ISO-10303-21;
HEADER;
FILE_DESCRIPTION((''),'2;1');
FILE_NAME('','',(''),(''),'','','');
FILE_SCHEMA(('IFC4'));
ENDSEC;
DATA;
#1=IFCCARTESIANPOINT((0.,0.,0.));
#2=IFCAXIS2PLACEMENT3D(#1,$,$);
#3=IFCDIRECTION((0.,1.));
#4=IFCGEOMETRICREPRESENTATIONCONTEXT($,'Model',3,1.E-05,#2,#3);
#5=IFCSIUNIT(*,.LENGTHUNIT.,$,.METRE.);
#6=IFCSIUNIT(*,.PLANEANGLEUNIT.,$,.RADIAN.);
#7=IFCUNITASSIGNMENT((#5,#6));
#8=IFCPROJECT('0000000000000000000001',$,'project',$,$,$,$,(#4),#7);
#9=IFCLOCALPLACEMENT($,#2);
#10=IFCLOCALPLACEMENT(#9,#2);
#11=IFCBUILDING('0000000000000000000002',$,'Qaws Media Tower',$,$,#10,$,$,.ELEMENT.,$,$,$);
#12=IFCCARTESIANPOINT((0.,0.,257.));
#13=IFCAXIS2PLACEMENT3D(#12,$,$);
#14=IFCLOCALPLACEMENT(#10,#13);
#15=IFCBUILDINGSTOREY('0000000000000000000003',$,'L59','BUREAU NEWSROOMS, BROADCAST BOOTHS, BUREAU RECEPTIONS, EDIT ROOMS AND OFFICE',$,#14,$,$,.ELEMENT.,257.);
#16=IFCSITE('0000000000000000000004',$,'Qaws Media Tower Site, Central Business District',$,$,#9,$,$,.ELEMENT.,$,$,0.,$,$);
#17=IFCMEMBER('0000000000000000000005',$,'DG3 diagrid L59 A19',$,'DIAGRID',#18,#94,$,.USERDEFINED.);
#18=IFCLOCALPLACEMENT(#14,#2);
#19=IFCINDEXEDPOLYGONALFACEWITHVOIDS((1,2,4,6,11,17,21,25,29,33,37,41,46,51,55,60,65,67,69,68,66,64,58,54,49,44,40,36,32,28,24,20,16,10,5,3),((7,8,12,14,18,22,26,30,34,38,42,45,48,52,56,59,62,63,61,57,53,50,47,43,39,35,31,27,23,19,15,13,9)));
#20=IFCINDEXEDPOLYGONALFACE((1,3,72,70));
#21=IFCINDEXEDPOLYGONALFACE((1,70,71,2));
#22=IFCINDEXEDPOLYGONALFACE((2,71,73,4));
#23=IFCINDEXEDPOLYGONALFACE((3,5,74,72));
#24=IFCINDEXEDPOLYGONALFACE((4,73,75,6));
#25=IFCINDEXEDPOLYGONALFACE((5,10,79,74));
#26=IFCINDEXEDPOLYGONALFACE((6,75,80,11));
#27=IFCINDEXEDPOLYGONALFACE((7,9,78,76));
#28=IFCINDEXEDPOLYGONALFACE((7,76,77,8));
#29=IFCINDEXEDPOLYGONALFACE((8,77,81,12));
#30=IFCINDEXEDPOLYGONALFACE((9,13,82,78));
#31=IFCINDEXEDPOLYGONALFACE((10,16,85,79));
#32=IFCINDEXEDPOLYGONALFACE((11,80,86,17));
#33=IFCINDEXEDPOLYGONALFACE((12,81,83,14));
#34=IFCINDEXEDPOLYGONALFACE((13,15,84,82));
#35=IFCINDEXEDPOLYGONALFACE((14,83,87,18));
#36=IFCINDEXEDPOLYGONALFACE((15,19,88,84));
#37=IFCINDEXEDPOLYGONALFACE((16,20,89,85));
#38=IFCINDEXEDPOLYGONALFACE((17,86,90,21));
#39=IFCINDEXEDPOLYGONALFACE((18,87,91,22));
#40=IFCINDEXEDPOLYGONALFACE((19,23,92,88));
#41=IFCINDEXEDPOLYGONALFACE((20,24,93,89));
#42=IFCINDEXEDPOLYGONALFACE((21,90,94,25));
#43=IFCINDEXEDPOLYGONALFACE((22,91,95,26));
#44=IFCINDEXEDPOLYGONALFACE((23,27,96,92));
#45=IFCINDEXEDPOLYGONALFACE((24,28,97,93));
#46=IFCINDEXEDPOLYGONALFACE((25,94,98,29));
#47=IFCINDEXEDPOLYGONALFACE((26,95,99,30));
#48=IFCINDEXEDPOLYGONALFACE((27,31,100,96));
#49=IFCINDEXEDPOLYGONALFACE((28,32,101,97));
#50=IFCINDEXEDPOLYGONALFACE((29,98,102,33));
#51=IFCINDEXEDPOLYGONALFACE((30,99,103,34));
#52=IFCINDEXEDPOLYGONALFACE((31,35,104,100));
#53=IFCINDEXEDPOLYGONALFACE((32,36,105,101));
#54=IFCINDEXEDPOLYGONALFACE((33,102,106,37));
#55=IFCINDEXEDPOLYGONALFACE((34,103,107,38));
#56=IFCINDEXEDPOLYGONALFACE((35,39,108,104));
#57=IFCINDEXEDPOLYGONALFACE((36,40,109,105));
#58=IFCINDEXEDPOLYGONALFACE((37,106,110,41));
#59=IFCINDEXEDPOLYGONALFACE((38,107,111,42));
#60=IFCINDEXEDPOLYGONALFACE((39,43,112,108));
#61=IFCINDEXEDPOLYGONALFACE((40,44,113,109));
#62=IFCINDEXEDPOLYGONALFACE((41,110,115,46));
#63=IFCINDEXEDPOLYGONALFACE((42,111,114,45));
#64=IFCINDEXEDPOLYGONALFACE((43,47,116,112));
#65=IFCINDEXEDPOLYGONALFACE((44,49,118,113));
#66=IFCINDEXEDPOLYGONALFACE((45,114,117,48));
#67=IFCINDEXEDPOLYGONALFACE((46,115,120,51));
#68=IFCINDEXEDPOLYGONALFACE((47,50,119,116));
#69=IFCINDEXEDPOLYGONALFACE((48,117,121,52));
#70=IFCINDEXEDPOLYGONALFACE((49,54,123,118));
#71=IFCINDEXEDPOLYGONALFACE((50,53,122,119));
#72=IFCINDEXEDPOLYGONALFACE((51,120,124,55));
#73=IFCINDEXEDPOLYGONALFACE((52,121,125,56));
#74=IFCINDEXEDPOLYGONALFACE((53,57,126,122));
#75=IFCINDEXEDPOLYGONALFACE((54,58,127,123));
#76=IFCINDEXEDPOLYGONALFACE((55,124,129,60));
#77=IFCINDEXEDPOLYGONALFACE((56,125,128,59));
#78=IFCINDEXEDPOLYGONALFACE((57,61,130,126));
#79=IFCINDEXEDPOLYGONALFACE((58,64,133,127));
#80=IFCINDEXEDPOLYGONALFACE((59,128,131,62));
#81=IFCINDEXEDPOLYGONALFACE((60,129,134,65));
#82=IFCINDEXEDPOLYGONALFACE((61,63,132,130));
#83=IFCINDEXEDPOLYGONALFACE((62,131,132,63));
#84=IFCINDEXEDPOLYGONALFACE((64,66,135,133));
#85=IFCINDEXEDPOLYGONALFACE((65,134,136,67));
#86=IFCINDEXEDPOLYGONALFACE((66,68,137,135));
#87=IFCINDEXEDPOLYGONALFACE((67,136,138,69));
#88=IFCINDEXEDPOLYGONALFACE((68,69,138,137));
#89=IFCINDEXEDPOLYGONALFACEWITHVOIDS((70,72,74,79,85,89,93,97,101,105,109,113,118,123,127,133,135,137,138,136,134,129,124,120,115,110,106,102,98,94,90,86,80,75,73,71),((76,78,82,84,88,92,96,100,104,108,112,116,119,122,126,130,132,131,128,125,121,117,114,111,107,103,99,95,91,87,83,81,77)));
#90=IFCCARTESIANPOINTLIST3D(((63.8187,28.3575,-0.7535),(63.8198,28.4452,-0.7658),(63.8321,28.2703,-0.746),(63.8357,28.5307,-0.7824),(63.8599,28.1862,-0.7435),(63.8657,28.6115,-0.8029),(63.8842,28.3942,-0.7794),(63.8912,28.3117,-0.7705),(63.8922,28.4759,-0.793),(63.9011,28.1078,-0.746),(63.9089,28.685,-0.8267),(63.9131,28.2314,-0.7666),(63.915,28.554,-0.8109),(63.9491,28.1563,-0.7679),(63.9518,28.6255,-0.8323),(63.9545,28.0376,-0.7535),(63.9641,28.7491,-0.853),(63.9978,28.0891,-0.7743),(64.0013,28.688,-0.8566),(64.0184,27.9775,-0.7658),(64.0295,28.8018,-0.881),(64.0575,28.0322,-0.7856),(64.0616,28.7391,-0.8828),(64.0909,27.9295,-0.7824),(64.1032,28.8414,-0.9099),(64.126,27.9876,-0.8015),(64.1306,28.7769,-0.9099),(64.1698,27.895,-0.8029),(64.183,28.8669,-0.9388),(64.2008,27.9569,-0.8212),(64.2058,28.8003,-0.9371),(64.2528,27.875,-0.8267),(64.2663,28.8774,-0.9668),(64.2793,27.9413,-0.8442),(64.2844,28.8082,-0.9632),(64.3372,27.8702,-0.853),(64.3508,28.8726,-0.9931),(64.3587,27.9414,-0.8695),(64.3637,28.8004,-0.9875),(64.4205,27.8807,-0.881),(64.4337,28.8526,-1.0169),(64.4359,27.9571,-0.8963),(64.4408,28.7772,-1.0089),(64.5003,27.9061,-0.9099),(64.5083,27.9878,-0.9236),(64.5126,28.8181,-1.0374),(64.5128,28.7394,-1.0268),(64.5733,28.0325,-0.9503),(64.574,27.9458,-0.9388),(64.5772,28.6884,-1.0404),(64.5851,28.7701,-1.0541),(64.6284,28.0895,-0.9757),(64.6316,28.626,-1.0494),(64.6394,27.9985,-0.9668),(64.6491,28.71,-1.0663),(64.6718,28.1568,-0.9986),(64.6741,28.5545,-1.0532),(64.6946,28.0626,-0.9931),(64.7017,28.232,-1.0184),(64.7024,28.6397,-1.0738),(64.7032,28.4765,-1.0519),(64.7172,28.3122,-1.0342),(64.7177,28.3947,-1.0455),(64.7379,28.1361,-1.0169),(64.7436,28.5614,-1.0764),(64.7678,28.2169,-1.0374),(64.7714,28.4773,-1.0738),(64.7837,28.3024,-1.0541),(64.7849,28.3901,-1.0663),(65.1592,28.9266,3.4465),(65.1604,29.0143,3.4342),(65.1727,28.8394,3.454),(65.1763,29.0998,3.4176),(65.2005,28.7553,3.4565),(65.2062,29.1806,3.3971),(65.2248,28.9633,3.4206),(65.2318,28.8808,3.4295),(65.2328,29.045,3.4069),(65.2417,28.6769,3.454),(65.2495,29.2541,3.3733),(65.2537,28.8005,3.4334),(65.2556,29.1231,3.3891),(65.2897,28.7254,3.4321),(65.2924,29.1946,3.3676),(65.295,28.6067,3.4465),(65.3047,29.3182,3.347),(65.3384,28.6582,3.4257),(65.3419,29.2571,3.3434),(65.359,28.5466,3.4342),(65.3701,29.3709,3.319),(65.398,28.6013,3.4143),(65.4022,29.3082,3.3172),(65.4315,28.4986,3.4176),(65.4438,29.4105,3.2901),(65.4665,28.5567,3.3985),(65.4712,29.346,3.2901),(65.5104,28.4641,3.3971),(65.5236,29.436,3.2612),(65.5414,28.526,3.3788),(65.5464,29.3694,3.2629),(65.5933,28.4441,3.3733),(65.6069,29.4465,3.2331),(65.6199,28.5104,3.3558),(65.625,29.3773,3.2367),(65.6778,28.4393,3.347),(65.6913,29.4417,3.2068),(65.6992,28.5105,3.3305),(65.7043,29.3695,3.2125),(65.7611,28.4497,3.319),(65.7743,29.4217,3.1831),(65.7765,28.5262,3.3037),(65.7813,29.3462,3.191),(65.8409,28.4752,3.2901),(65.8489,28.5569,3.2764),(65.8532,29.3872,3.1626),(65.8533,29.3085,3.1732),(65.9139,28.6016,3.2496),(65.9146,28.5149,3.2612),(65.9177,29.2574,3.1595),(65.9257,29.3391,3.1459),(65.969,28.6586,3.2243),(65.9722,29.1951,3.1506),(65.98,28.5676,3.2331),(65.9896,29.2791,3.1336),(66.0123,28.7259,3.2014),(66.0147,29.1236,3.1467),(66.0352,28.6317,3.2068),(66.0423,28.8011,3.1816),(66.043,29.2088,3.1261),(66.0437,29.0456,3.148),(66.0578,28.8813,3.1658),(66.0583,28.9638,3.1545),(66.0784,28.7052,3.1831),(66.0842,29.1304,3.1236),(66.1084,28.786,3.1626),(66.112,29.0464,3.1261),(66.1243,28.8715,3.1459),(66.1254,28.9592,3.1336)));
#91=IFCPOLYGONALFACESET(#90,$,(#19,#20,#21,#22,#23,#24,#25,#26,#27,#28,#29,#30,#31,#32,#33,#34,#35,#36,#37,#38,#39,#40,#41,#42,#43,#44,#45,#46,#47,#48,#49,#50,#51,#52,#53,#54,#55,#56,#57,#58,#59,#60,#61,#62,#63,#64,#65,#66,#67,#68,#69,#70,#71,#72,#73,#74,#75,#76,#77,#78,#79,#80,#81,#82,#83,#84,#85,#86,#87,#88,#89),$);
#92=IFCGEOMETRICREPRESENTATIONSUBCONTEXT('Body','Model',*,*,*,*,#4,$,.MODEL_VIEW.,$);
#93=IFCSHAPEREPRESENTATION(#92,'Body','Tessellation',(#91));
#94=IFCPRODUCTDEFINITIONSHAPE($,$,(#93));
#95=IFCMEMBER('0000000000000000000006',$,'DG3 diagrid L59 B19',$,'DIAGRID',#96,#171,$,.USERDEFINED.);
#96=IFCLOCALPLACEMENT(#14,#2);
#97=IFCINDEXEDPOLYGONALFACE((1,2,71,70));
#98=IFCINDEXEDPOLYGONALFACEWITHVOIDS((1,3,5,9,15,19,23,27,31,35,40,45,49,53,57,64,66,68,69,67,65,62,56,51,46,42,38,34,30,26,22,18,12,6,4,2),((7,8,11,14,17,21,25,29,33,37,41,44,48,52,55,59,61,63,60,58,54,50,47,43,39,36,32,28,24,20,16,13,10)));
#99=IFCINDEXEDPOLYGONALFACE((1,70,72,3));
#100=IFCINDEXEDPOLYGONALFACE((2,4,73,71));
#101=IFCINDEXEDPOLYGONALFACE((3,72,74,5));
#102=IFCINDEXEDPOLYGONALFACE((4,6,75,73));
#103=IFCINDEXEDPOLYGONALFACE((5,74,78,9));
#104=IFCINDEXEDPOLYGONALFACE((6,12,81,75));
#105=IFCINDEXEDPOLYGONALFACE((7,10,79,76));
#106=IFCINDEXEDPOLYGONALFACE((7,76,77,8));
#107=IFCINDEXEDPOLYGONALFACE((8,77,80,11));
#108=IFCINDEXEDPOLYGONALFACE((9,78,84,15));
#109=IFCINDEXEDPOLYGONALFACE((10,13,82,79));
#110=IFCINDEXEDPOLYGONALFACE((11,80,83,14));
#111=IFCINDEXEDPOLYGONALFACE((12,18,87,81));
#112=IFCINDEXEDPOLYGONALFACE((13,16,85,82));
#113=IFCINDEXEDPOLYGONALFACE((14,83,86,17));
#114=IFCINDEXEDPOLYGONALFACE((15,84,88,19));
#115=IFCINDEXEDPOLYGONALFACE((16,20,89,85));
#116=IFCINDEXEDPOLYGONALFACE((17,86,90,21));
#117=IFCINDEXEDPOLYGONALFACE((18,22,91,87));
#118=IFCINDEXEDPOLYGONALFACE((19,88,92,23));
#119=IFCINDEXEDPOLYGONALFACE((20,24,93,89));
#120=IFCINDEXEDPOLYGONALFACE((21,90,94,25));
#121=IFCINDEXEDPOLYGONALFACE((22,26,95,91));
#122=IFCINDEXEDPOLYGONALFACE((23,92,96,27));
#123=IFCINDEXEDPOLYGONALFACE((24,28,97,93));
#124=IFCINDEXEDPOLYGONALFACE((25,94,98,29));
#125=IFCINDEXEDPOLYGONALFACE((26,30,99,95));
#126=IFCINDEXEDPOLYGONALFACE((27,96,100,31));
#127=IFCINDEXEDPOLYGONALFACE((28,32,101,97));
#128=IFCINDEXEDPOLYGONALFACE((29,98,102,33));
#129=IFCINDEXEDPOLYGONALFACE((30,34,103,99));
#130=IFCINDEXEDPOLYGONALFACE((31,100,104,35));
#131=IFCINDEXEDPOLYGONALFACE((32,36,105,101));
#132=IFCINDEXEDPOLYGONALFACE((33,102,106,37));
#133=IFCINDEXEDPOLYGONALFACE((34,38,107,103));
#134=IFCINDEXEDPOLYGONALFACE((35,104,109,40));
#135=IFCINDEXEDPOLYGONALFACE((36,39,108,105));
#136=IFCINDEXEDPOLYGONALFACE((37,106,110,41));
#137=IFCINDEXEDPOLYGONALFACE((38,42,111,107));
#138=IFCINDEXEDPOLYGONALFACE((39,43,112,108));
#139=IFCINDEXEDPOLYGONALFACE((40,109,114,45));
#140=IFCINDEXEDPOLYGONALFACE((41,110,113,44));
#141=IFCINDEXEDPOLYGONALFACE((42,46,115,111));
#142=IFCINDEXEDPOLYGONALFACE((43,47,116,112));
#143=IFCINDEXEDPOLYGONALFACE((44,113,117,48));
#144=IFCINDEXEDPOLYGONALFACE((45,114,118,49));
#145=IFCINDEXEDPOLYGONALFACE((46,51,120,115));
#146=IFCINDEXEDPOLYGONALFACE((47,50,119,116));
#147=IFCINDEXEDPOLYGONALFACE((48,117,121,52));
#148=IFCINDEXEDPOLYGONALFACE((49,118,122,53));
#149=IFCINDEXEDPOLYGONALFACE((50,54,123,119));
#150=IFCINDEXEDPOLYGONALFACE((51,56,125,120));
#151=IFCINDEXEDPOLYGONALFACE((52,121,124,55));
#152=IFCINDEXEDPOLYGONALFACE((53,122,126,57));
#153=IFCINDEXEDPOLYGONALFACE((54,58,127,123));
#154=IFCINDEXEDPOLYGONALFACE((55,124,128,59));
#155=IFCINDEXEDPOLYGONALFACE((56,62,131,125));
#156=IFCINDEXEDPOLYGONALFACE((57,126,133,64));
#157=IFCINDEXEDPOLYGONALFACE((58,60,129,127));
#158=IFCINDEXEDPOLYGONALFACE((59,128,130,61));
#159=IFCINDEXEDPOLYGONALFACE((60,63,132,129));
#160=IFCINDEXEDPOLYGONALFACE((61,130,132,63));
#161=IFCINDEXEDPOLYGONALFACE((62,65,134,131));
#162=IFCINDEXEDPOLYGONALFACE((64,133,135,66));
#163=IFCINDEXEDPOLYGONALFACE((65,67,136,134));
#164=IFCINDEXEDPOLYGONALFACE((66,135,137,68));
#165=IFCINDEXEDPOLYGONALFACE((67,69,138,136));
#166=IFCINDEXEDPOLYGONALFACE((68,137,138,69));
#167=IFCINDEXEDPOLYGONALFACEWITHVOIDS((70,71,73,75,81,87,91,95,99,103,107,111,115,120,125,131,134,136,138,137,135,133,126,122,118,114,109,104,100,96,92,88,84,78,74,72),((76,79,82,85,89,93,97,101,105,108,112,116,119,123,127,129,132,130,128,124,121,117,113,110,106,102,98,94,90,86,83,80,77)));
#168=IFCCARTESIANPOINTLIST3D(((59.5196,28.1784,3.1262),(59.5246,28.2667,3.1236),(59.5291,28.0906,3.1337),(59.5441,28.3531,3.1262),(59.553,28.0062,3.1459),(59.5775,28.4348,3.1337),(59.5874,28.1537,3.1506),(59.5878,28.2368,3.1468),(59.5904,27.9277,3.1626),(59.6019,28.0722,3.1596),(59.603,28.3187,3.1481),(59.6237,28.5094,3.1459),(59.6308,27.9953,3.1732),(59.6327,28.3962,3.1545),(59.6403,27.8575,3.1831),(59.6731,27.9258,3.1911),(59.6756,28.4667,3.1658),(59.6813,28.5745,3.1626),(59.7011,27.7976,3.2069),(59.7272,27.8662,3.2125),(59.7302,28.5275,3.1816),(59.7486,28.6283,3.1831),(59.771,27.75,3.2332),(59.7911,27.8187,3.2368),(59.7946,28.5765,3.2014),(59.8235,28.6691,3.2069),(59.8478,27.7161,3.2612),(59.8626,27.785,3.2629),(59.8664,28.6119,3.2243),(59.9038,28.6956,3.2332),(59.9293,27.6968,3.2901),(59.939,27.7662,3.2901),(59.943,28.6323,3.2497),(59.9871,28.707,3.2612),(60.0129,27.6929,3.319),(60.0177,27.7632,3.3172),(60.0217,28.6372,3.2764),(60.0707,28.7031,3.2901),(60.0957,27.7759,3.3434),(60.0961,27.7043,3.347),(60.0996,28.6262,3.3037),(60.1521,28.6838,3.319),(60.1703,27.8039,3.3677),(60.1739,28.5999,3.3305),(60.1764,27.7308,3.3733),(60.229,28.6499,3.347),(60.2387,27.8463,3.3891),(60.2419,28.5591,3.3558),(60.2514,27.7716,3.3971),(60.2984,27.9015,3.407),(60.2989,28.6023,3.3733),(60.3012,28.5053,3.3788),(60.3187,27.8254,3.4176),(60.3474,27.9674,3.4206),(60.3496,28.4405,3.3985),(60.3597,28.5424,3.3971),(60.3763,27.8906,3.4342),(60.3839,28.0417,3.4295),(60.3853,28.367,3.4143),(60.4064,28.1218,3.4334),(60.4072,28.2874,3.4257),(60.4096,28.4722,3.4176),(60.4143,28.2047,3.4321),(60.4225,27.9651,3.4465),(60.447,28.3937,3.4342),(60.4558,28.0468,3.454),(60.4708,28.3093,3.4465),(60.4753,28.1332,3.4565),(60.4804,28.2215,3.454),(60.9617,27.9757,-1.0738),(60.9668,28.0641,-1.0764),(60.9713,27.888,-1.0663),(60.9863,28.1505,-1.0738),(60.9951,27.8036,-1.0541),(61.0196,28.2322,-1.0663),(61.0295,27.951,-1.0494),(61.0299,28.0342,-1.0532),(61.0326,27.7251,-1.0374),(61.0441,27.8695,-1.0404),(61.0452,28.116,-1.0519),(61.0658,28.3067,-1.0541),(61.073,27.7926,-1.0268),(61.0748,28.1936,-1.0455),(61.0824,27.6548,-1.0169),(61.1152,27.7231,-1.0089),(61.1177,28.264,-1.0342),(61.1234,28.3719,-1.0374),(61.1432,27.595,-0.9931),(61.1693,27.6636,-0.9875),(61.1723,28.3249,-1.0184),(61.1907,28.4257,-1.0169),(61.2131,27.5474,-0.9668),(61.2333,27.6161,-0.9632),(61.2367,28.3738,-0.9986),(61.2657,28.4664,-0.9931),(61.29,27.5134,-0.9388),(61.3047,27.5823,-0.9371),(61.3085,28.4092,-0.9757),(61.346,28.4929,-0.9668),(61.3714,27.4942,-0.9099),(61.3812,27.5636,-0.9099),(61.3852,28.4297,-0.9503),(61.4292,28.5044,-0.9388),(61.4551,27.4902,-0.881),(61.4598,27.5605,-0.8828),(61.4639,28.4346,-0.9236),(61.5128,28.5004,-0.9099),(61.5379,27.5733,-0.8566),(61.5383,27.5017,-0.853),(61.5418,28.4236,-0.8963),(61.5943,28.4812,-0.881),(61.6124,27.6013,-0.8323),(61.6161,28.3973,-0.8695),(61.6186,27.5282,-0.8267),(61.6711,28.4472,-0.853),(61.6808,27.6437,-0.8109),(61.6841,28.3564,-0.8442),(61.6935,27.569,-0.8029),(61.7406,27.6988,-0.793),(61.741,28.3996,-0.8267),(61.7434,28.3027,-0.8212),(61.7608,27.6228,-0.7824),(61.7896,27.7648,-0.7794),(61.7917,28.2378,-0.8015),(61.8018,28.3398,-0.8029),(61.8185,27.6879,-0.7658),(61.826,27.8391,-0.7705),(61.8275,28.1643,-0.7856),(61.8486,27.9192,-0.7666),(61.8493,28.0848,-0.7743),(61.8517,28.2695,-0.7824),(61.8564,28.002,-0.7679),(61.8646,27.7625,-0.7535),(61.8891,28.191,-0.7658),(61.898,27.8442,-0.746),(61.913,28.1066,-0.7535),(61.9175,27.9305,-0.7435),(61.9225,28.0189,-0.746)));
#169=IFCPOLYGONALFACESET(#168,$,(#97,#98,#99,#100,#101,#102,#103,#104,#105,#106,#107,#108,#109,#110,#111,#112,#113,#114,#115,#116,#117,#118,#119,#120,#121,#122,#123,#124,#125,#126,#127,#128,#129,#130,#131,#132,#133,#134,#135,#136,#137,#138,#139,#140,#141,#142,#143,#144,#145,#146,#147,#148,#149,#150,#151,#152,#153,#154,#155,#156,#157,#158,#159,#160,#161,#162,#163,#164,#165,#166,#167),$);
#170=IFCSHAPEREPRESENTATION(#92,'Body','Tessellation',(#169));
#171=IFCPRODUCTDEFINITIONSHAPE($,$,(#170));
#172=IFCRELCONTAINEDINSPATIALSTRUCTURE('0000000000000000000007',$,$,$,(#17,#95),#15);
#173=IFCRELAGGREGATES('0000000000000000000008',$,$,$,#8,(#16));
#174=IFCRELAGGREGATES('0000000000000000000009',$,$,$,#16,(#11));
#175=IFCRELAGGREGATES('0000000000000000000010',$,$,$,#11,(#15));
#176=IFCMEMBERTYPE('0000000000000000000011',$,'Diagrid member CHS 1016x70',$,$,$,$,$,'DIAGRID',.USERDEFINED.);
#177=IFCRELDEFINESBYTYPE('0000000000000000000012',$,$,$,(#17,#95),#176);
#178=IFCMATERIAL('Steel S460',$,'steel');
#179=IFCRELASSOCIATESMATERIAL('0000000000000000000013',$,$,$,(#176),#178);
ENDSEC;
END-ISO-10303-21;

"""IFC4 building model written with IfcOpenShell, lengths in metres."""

from ifc_helpers import new_model, si_unit, direction, frame, origin, origin_2d, place, context, subcontext, project, spatial, hollow_circle, extrude, material, material_profile, profile_set, type_object, element, save


model = new_model("IFC4")

# Units and contexts
model_context = context("Model", 3, precision=1e-05, world=origin(), true_north=direction((0.0, 1.0)))
body_context = subcontext(model_context, "Body", "Model", "MODEL_VIEW")
ifc_project = project(units=[si_unit("LENGTHUNIT", "METRE"), si_unit("PLANEANGLEUNIT", "RADIAN")], contexts=[model_context])

# Site, building, storey
site_placement = place(None, origin())
site = spatial("IfcSite", under=ifc_project, at=site_placement, Name="Qaws Media Tower Site, Central Business District", CompositionType="ELEMENT", RefElevation=0.0)
building_placement = place(site_placement, origin())
building = spatial("IfcBuilding", under=site, at=building_placement, Name="Qaws Media Tower", CompositionType="ELEMENT")
storey_placement = place(building_placement, frame((0.0, 0.0, 257.0)))
storey = spatial("IfcBuildingStorey", under=building, at=storey_placement, Name="L59", Description="BUREAU NEWSROOMS, BROADCAST BOOTHS, BUREAU RECEPTIONS, EDIT ROOMS AND OFFICE", CompositionType="ELEMENT", Elevation=257.0)

# Members
ifc_material_1 = material(Name="Steel S460", Category="steel")
ifc_material_profile_1 = material_profile(ifc_material_1, hollow_circle(Radius=0.5081, WallThickness=0.0701, at=origin_2d()), Name="CHS 1016x70")
ifc_profile_set_1 = profile_set([ifc_material_profile_1], Name="Steel S460")
member_type_1 = type_object("IfcMemberType", Name="Diagrid member CHS 1016x70", ElementType="DIAGRID", PredefinedType="USERDEFINED", material=ifc_profile_set_1)
for number, where, z_axis, x_axis, name in (
    (1, (64.3018, 28.3738, -0.9099), (0.301572, 0.128021, 0.944809), (-0.390761, 0.920492, 0.0), "DG3 diagrid L59 A19"),
    (2, (61.4421, 27.9973, -0.9099), (-0.324421, 0.045585, 0.944814), (-0.139144, -0.990272, 0.0), "DG3 diagrid L59 B19"),
):
    element("IfcMember", number, at=place(storey_placement, frame(where, z_axis=z_axis, x_axis=x_axis)), inside=storey, type_object=member_type_1, Name=name, ObjectType="DIAGRID", PredefinedType="USERDEFINED", context=body_context, shape_type="SweptSolid", body=[
        extrude(hollow_circle(Radius=0.5081, WallThickness=0.0701, at=origin_2d()), origin(), (0.0, 0.0, 1.0), 4.4453),
    ])

save(model, "model.ifc")
